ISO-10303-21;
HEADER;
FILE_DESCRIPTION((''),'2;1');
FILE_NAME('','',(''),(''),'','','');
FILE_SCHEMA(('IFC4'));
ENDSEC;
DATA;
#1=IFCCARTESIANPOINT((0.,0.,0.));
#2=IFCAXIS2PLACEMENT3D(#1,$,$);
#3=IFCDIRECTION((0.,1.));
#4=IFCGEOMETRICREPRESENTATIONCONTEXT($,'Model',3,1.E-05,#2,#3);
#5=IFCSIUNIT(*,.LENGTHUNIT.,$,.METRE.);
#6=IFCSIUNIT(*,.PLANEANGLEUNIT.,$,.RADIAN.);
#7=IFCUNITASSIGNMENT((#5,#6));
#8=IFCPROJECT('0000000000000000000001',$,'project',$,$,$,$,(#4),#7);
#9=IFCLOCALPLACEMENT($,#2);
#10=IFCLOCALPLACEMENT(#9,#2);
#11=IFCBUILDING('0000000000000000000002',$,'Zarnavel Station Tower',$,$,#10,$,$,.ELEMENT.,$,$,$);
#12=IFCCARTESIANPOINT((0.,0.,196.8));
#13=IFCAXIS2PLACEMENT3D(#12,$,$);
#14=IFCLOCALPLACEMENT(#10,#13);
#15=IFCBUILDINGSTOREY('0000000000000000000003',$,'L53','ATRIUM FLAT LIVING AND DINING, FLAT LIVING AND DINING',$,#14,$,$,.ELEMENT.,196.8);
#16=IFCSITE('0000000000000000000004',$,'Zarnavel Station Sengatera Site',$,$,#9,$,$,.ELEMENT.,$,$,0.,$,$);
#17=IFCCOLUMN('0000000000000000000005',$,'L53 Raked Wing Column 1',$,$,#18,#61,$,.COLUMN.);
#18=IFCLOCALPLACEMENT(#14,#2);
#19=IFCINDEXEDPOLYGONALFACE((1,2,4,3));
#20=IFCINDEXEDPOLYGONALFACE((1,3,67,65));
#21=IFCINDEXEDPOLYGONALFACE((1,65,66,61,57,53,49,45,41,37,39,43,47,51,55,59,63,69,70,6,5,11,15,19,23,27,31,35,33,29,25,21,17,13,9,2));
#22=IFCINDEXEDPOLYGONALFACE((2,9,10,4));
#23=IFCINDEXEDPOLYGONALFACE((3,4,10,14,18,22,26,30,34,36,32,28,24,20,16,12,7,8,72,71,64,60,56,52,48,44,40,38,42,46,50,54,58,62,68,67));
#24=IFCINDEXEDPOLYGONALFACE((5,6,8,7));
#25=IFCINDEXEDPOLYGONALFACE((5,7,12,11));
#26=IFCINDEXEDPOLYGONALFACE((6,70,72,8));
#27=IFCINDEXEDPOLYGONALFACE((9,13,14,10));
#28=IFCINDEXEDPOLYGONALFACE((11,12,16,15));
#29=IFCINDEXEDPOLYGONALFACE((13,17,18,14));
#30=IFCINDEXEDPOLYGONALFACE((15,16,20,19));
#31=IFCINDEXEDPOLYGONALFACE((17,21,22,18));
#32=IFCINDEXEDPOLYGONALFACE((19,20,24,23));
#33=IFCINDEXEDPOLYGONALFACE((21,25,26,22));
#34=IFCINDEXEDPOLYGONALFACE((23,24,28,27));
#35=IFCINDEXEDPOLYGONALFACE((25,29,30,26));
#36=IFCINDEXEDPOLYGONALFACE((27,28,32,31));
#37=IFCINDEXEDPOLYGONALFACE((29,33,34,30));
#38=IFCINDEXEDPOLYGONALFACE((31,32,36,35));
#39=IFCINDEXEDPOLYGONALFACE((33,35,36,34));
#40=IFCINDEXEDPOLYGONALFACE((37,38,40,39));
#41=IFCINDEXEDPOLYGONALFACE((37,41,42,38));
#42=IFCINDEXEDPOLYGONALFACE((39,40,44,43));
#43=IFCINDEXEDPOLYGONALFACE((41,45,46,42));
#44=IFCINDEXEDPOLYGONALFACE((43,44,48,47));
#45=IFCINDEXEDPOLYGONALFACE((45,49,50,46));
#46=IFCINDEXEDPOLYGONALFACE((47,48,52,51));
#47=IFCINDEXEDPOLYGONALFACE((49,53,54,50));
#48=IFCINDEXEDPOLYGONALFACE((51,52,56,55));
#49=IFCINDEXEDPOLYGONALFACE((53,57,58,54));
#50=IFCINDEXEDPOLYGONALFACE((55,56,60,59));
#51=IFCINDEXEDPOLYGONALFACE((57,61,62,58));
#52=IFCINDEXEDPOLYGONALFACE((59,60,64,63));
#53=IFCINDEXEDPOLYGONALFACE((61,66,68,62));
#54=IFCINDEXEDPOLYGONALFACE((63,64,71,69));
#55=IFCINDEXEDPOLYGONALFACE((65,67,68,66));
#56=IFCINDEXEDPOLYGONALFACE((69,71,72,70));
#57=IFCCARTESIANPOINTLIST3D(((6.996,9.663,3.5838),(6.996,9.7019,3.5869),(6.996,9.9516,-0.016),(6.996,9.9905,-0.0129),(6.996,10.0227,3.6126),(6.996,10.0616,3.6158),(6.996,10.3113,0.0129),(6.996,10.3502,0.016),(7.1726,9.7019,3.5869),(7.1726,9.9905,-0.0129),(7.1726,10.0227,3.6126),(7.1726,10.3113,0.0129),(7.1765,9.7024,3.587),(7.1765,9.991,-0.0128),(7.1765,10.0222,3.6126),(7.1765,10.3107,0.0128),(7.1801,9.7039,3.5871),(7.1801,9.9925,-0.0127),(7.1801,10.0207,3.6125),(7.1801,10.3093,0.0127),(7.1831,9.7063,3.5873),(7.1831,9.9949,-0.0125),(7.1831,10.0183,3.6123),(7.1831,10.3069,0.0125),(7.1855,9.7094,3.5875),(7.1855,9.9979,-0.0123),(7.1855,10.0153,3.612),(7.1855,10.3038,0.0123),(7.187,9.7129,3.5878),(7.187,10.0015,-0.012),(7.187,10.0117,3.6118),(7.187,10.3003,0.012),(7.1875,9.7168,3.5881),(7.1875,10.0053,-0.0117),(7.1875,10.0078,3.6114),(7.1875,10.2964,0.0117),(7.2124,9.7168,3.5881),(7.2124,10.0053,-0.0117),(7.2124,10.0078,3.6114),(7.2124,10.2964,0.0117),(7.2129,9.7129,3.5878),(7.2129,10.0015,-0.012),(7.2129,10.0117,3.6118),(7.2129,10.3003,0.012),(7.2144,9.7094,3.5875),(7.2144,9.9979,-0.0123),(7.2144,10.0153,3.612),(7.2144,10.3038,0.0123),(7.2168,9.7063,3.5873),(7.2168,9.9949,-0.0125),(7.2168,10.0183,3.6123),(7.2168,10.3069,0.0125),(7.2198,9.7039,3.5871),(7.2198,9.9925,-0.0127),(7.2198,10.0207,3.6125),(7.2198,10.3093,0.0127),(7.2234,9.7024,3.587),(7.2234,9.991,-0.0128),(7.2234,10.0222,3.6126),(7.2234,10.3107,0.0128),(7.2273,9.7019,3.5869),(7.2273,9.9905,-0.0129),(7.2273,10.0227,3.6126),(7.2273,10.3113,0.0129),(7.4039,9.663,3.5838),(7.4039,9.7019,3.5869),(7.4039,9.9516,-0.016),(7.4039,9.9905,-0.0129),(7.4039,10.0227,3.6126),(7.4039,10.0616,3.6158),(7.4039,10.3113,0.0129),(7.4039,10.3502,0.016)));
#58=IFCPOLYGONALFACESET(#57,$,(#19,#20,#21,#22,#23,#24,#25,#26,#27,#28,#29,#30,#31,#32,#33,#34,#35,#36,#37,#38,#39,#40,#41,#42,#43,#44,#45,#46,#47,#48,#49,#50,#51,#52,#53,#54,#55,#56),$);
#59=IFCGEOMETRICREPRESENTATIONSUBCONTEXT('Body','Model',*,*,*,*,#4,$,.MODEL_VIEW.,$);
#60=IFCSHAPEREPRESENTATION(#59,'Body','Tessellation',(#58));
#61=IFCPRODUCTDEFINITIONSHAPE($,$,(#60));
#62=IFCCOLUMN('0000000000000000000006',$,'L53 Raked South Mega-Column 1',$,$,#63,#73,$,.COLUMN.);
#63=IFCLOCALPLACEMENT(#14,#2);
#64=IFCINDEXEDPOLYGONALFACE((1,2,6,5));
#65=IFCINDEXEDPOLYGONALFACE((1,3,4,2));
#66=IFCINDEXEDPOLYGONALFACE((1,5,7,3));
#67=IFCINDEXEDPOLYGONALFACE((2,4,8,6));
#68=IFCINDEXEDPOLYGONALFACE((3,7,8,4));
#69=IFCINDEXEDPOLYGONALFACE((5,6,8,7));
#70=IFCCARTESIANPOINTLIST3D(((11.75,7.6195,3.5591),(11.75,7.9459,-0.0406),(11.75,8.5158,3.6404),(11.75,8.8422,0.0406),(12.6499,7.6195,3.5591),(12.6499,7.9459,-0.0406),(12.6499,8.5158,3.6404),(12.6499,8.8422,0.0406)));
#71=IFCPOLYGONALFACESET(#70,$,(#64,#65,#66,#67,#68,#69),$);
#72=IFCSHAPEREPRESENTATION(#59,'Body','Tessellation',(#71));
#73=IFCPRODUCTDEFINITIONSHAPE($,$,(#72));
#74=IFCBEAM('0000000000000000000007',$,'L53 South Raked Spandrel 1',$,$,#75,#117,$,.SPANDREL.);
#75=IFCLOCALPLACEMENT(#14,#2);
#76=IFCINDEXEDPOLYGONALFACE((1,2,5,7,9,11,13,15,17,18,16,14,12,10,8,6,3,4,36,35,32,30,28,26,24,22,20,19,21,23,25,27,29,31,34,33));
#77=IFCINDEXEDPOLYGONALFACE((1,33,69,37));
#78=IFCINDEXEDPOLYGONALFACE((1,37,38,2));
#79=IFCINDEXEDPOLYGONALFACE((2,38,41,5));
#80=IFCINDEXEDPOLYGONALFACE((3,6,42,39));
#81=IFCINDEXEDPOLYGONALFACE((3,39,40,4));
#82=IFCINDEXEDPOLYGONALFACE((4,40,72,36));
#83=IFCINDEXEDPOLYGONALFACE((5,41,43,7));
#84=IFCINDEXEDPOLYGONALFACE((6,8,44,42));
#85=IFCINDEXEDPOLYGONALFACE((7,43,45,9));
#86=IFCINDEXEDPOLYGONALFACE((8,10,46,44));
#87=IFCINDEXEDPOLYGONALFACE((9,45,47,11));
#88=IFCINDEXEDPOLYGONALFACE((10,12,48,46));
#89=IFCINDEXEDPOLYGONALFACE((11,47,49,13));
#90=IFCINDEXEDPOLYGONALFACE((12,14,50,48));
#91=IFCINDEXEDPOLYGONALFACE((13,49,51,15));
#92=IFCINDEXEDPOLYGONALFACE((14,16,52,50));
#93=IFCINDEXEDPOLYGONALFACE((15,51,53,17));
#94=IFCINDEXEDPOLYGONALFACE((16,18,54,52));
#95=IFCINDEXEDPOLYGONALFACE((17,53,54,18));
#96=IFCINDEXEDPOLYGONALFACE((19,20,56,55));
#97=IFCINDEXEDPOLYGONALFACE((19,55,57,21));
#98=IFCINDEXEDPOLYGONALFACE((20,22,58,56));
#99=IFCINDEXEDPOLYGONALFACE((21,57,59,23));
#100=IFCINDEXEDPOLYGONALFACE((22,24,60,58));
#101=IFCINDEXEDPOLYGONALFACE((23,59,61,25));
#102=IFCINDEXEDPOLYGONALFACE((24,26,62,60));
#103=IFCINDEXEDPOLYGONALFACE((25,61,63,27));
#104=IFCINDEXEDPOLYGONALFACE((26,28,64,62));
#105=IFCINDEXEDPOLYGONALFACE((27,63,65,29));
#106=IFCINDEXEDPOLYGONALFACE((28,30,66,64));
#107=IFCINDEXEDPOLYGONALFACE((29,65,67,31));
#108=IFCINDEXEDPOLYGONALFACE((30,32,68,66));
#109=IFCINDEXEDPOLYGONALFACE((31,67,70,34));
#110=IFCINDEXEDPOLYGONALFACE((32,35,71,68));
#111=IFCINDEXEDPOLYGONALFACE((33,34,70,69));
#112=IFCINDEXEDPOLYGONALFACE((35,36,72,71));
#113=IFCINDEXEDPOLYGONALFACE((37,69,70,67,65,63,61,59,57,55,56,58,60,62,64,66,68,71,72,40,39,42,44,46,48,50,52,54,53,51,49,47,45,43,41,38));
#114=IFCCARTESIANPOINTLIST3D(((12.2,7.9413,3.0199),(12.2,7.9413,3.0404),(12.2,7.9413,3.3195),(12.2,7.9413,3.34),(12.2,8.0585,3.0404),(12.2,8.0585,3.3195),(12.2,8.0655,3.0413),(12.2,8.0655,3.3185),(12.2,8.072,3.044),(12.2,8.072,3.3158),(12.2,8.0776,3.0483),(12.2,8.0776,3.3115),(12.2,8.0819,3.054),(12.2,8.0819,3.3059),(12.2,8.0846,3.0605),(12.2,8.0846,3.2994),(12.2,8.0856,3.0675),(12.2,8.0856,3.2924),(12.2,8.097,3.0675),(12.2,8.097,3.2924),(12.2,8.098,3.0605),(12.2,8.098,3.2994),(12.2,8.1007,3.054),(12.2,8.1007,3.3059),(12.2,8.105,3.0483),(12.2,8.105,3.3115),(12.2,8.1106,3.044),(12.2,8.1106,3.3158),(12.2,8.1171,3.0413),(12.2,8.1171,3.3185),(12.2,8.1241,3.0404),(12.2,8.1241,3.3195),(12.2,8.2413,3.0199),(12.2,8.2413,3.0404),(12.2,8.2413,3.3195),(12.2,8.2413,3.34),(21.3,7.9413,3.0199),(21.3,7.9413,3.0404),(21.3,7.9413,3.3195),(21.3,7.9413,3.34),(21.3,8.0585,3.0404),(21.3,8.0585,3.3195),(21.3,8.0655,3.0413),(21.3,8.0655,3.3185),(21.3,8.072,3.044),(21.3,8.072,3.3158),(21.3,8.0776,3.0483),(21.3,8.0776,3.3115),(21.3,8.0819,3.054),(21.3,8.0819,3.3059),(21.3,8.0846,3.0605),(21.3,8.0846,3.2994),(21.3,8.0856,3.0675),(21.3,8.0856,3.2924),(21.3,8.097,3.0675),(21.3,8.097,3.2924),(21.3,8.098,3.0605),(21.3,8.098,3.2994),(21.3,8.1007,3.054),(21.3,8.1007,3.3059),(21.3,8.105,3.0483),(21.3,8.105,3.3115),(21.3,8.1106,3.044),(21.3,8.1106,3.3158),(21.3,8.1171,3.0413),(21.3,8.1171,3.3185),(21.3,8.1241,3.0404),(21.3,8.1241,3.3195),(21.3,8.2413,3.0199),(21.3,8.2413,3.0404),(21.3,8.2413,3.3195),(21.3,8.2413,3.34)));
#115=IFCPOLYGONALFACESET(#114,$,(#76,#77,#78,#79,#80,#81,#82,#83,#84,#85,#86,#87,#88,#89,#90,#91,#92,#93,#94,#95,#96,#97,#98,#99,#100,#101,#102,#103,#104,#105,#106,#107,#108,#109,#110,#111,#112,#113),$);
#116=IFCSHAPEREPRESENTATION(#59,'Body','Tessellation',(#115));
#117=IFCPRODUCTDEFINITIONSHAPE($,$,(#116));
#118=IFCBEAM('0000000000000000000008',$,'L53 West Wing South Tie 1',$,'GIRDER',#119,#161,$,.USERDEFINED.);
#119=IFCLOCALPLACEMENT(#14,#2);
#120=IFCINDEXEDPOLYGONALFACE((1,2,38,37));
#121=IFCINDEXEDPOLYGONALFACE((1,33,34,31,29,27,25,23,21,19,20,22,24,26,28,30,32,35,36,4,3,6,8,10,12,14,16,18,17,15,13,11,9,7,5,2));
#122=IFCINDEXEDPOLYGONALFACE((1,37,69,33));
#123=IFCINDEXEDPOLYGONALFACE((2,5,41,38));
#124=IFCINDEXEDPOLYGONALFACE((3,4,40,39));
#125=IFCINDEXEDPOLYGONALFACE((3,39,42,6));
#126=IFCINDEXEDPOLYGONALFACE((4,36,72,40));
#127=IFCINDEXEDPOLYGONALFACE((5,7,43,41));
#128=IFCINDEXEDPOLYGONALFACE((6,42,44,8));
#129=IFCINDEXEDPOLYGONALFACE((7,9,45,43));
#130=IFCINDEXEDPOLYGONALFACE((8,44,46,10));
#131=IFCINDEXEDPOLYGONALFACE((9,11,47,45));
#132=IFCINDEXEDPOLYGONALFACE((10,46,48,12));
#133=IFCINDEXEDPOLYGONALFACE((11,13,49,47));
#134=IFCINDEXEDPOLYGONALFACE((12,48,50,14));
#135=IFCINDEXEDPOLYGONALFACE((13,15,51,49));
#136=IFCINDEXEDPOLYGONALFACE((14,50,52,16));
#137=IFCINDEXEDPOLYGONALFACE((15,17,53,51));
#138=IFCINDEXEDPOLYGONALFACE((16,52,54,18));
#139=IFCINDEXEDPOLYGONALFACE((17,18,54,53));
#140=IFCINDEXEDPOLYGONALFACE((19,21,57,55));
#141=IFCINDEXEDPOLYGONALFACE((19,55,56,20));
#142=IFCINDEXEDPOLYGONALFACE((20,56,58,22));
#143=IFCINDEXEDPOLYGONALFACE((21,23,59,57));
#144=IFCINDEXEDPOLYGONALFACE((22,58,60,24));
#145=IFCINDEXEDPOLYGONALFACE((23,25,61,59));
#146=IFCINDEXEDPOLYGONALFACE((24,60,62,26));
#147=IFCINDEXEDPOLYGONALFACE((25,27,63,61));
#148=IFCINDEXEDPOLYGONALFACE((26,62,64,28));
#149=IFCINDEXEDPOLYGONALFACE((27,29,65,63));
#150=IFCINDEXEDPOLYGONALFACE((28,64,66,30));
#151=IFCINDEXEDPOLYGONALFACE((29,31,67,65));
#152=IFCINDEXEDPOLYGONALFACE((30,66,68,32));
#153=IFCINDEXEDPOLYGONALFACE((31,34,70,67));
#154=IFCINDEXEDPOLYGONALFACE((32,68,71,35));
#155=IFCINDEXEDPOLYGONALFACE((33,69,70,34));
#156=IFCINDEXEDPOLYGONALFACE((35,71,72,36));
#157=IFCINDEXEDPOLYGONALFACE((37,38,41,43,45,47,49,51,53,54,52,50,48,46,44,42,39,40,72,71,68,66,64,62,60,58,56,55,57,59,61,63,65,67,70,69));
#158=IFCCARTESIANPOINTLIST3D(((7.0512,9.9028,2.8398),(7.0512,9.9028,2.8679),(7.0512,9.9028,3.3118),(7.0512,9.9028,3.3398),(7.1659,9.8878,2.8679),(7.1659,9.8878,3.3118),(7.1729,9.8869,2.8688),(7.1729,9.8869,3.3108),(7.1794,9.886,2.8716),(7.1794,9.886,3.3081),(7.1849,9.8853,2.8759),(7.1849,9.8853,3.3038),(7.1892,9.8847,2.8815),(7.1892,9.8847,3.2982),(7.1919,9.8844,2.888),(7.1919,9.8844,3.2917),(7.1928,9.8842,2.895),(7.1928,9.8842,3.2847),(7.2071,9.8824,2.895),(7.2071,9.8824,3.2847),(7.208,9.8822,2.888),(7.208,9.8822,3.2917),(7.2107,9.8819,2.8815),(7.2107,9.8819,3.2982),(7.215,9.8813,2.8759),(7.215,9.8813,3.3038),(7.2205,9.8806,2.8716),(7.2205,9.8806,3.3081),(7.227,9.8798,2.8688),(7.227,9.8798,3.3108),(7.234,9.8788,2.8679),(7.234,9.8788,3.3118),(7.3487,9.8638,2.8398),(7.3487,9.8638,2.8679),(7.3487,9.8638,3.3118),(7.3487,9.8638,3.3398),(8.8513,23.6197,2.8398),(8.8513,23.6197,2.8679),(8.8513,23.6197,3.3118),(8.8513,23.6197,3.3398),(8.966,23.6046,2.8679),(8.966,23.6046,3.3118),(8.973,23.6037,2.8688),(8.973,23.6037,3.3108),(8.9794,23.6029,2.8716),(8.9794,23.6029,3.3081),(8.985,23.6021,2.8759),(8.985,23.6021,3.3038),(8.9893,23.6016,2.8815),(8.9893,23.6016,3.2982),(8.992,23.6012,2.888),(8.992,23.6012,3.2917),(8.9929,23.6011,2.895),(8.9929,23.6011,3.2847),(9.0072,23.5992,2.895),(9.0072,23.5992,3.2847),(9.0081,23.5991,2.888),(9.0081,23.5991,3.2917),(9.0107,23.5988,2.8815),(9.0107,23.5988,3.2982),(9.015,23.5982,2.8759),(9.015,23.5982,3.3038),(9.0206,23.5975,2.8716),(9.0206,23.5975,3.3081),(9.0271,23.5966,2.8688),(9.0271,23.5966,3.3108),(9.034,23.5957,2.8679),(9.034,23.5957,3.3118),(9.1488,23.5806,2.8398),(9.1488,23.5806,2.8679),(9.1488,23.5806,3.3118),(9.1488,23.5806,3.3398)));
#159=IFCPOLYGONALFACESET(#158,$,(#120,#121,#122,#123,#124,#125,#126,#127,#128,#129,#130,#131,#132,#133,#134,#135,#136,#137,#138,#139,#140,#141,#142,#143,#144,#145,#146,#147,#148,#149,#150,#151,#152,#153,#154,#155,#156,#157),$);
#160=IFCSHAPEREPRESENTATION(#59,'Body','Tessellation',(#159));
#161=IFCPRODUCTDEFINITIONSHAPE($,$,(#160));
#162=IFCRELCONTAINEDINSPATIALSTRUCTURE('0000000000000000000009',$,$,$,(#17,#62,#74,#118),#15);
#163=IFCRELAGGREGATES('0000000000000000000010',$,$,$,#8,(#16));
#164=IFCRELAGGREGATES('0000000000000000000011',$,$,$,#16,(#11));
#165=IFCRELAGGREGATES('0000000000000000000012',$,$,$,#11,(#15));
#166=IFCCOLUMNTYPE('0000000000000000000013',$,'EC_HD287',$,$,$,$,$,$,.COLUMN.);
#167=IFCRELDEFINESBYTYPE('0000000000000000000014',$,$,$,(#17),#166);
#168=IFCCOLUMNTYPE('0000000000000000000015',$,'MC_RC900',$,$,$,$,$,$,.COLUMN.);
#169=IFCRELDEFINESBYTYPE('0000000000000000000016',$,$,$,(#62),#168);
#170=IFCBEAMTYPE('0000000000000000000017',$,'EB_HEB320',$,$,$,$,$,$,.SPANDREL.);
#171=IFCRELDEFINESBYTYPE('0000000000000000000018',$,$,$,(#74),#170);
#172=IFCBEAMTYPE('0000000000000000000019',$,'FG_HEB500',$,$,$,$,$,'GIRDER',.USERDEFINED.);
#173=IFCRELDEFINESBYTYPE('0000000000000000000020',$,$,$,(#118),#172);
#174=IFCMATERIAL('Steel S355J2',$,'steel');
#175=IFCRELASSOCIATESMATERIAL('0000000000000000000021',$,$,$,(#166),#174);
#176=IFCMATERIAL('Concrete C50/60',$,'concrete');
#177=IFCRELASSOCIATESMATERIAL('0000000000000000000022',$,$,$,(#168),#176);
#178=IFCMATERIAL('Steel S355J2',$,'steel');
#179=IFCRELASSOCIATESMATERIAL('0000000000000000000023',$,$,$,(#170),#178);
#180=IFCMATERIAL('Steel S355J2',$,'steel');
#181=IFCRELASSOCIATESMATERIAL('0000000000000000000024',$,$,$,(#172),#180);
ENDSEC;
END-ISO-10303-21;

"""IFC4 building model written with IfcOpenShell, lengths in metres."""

from ifc_helpers import new_model, si_unit, direction, frame, origin, origin_2d, place, context, subcontext, project, spatial, rectangle, i_section, extrude, material, material_profile, profile_set, type_object, element, save


model = new_model("IFC4")

# Units and contexts
model_context = context("Model", 3, precision=1e-05, world=origin(), true_north=direction((0.0, 1.0)))
body_context = subcontext(model_context, "Body", "Model", "MODEL_VIEW")
ifc_project = project(units=[si_unit("LENGTHUNIT", "METRE"), si_unit("PLANEANGLEUNIT", "RADIAN")], contexts=[model_context])

# Site, building, storey
site_placement = place(None, origin())
site = spatial("IfcSite", under=ifc_project, at=site_placement, Name="Zarnavel Station Sengatera Site", CompositionType="ELEMENT", RefElevation=0.0)
building_placement = place(site_placement, origin())
building = spatial("IfcBuilding", under=site, at=building_placement, Name="Zarnavel Station Tower", CompositionType="ELEMENT")
storey_placement = place(building_placement, frame((0.0, 0.0, 196.8)))
storey = spatial("IfcBuildingStorey", under=building, at=storey_placement, Name="L53", Description="ATRIUM FLAT LIVING AND DINING, FLAT LIVING AND DINING", CompositionType="ELEMENT", Elevation=196.8)

# Columns
ifc_material_1 = material(Name="Steel S355J2", Category="steel")
ifc_material_profile_1 = material_profile(ifc_material_1, i_section(OverallWidth=0.408, OverallDepth=0.3999, WebThickness=0.0249, FlangeThickness=0.0391, FilletRadius=0.0149, at=origin_2d()), Name="HD400x287")
ifc_profile_set_1 = profile_set([ifc_material_profile_1], Name="Steel S355J2")
column_type_1 = type_object("IfcColumnType", Name="EC_HD287", PredefinedType="COLUMN", material=ifc_profile_set_1)
column_1_placement = place(storey_placement, frame((7.2, 10.1509, 0.0), z_axis=(0.0, -0.079906, 0.996802), x_axis=(1.0, 0.0, 0.0)))
element("IfcColumn", 1, at=column_1_placement, inside=storey, type_object=column_type_1, Name="L53 Raked Wing Column 1", PredefinedType="COLUMN", context=body_context, shape_type="SweptSolid", body=[
    extrude(i_section(OverallWidth=0.408, OverallDepth=0.3999, WebThickness=0.0249, FlangeThickness=0.0391, FilletRadius=0.0149, at=origin_2d()), origin(), (0.0, 0.0, 1.0), 3.6113),
])
ifc_material_2 = material(Name="Concrete C50/60", Category="concrete")
ifc_material_profile_2 = material_profile(ifc_material_2, rectangle(XDim=0.8999, YDim=0.8999, at=origin_2d()), Name="RC900x900")
ifc_profile_set_2 = profile_set([ifc_material_profile_2], Name="Concrete C50/60")
column_type_2 = type_object("IfcColumnType", Name="MC_RC900", PredefinedType="COLUMN", material=ifc_profile_set_2)
column_2_placement = place(storey_placement, frame((12.2, 8.394, 0.0), z_axis=(0.0, -0.090304, 0.995914), x_axis=(1.0, 0.0, 0.0)))
element("IfcColumn", 2, at=column_2_placement, inside=storey, type_object=column_type_2, Name="L53 Raked South Mega-Column 1", PredefinedType="COLUMN", context=body_context, shape_type="SweptSolid", body=[
    extrude(rectangle(XDim=0.8999, YDim=0.8999, at=origin_2d()), origin(), (0.0, 0.0, 1.0), 3.6145),
])

# Beams
ifc_material_3 = material(Name="Steel S355J2", Category="steel")
ifc_material_profile_3 = material_profile(ifc_material_3, i_section(OverallWidth=0.3, OverallDepth=0.3201, WebThickness=0.0115, FlangeThickness=0.0205, FilletRadius=0.0271, at=origin_2d()), Name="HEB320")
ifc_profile_set_3 = profile_set([ifc_material_profile_3], Name="Steel S355J2")
beam_type_1 = type_object("IfcBeamType", Name="EB_HEB320", PredefinedType="SPANDREL", material=ifc_profile_set_3)
beam_1_placement = place(storey_placement, frame((12.2, 8.0913, 3.1799), z_axis=(1.0, 0.0, 0.0), x_axis=(0.0, 1.0, 0.0)))
element("IfcBeam", 3, at=beam_1_placement, inside=storey, type_object=beam_type_1, Name="L53 South Raked Spandrel 1", PredefinedType="SPANDREL", context=body_context, shape_type="SweptSolid", body=[
    extrude(i_section(OverallWidth=0.3, OverallDepth=0.3201, WebThickness=0.0115, FlangeThickness=0.0205, FilletRadius=0.0271, at=origin_2d()), origin(), (0.0, 0.0, 1.0), 9.1001),
])
ifc_material_4 = material(Name="Steel S355J2", Category="steel")
ifc_material_profile_4 = material_profile(ifc_material_4, i_section(OverallWidth=0.3, OverallDepth=0.5, WebThickness=0.0144, FlangeThickness=0.0281, FilletRadius=0.0271, at=origin_2d()), Name="HEB500")
ifc_profile_set_4 = profile_set([ifc_material_profile_4], Name="Steel S355J2")
beam_type_2 = type_object("IfcBeamType", Name="FG_HEB500", ElementType="GIRDER", PredefinedType="USERDEFINED", material=ifc_profile_set_4)
beam_2_placement = place(storey_placement, frame((7.2, 9.8833, 3.0898), z_axis=(0.130114, 0.991499, 0.0), x_axis=(-0.991499, 0.130114, 0.0)))
element("IfcBeam", 4, at=beam_2_placement, inside=storey, type_object=beam_type_2, Name="L53 West Wing South Tie 1", ObjectType="GIRDER", PredefinedType="USERDEFINED", context=body_context, shape_type="SweptSolid", body=[
    extrude(i_section(OverallWidth=0.3, OverallDepth=0.5, WebThickness=0.0144, FlangeThickness=0.0281, FilletRadius=0.0271, at=origin_2d()), origin(), (0.0, 0.0, 1.0), 13.8345),
])

save(model, "model.ifc")
